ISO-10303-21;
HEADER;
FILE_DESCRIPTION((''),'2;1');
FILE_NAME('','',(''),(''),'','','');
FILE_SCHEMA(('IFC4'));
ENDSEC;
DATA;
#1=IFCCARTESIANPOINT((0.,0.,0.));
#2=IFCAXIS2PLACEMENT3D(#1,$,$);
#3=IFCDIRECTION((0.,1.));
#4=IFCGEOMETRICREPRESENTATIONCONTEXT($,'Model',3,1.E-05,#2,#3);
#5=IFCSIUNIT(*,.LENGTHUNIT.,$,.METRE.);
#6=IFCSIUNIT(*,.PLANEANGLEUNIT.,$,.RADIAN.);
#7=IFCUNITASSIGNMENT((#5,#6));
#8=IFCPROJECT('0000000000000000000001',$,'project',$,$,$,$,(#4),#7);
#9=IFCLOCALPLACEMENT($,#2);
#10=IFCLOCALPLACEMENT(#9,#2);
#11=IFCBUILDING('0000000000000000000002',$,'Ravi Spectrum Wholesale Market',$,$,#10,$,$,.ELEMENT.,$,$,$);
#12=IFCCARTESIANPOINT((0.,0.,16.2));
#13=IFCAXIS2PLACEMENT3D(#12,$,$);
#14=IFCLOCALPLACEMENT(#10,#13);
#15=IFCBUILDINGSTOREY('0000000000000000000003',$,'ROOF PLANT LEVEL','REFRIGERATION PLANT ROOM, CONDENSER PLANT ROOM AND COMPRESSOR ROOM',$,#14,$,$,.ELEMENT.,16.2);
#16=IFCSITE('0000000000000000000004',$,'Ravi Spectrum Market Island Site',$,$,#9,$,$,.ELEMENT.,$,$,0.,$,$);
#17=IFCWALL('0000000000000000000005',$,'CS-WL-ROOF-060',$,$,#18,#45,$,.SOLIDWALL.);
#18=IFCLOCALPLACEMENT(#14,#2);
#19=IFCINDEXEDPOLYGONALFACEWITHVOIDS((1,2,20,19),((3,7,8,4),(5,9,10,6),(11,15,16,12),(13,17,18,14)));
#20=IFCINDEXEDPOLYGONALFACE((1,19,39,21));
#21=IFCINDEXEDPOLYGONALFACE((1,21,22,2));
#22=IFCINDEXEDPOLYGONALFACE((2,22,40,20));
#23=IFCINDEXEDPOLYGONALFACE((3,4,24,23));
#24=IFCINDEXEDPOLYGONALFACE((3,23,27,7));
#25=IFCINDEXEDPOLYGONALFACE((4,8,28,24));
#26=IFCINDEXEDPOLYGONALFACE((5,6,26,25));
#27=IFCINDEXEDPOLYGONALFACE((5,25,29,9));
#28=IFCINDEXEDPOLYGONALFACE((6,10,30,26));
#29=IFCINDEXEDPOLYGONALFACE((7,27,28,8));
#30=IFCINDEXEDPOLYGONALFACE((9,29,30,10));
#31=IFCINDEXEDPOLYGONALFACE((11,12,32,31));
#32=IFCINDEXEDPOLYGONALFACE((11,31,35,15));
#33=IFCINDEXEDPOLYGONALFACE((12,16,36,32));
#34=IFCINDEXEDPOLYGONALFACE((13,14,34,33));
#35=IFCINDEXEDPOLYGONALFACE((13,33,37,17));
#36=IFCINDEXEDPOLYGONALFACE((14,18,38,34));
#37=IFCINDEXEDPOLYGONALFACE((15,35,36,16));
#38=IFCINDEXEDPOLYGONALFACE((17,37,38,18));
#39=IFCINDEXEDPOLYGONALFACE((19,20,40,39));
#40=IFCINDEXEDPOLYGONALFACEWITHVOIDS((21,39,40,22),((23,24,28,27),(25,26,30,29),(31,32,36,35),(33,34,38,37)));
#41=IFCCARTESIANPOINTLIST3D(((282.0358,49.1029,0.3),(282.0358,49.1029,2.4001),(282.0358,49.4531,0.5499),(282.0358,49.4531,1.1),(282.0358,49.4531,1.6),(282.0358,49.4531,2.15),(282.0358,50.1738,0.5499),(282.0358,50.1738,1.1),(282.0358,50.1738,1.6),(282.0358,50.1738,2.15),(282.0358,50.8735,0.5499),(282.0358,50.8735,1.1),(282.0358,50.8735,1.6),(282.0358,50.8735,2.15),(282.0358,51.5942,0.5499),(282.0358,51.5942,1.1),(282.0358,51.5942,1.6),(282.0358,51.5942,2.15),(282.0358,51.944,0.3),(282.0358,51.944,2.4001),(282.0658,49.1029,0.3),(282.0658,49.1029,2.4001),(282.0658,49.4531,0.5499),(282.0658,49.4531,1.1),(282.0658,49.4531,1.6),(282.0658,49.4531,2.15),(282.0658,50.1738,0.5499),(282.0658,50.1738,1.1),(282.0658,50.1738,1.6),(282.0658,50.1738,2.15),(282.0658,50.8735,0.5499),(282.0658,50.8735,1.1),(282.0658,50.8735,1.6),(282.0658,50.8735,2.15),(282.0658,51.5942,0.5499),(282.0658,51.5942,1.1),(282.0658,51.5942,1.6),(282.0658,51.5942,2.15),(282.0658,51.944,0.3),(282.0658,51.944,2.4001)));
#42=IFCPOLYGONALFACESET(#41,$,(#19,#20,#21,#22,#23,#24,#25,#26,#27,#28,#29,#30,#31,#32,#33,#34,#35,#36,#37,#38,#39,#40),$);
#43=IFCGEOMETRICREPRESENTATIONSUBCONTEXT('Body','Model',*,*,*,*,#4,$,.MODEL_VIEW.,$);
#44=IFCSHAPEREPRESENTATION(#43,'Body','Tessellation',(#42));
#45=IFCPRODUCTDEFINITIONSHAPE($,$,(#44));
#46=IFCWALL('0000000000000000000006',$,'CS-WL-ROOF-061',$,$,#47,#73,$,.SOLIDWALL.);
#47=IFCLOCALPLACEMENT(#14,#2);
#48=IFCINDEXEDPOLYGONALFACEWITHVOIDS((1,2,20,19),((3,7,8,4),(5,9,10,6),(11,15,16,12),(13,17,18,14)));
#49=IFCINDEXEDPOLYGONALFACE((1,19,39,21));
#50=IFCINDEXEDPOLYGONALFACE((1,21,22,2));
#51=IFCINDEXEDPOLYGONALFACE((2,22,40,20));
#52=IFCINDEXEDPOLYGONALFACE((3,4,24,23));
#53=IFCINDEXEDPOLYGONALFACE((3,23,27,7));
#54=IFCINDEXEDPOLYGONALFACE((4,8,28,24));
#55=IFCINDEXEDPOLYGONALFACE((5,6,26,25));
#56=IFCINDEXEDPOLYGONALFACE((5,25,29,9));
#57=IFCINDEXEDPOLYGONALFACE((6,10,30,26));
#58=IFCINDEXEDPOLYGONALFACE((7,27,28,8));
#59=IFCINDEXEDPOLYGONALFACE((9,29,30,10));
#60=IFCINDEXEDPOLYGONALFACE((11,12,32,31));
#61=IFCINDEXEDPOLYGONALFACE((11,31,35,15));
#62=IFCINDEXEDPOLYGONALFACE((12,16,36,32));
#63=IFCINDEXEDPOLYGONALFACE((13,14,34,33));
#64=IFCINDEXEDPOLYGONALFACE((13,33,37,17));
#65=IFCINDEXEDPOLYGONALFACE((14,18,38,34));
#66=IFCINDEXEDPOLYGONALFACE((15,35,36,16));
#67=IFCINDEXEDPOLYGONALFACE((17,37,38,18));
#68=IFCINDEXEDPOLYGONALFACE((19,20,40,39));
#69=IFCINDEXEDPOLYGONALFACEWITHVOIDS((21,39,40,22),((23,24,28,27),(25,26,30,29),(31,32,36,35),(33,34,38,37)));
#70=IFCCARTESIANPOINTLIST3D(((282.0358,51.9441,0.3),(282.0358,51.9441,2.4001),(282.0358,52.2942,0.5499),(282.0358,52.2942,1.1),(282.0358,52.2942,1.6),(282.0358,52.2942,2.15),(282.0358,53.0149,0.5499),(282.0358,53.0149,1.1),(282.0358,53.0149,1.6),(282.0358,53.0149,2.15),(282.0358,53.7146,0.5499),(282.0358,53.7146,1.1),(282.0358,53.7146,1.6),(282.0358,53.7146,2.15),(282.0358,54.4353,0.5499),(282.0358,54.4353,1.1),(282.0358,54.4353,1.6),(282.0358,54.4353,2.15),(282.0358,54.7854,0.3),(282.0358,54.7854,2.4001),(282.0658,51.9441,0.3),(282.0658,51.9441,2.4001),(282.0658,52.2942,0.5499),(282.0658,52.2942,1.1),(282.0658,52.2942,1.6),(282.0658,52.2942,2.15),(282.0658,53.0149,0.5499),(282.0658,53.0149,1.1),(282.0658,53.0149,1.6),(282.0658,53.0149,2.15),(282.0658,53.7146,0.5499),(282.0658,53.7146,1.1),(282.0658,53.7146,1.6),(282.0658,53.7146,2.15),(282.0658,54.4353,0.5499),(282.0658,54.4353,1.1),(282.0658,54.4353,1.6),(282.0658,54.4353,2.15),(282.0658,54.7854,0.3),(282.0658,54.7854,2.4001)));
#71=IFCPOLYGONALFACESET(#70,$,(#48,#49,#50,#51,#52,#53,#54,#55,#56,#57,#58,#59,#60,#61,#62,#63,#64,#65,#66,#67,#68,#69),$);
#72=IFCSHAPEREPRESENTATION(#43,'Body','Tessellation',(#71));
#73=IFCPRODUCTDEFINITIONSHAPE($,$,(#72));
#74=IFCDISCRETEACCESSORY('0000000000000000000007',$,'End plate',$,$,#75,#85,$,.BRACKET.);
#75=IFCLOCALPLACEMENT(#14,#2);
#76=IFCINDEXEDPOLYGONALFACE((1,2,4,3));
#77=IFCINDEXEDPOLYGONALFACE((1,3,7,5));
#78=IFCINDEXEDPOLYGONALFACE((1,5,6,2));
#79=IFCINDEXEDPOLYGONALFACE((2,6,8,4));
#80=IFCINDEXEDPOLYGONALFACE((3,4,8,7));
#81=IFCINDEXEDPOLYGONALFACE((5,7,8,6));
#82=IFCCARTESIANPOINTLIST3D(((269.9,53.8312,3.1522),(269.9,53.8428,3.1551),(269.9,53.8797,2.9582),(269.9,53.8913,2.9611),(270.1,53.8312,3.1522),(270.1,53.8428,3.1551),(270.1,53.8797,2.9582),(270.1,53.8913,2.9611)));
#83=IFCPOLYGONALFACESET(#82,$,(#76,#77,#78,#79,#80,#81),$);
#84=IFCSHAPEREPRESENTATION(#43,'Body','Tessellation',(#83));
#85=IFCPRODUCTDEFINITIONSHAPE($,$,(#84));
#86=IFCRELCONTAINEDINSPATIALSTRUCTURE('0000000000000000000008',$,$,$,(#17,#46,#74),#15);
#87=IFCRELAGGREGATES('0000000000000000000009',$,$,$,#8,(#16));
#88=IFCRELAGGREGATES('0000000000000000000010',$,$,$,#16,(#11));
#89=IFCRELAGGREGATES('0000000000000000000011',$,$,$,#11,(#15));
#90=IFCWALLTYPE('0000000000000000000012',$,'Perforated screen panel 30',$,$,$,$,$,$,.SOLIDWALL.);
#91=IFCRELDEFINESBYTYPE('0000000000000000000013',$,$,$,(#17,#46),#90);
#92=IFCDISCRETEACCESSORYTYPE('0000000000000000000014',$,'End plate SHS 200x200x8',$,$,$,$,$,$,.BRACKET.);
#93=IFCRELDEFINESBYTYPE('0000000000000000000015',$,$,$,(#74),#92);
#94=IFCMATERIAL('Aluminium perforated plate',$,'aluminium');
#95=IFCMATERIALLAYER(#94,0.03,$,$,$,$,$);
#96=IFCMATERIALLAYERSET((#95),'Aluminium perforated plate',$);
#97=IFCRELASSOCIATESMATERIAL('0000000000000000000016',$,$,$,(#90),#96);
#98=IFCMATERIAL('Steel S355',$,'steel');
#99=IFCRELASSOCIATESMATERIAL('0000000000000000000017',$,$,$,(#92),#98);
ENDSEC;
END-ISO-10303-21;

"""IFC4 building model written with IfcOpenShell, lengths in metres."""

from ifc_helpers import new_model, si_unit, direction, frame, frame_2d, origin, origin_2d, place, context, subcontext, project, spatial, rectangle, extrude, material, layer, layer_set, material_profile, profile_set, type_object, element, save


model = new_model("IFC4")

# Units and contexts
model_context = context("Model", 3, precision=1e-05, world=origin(), true_north=direction((0.0, 1.0)))
body_context = subcontext(model_context, "Body", "Model", "MODEL_VIEW")
ifc_project = project(units=[si_unit("LENGTHUNIT", "METRE"), si_unit("PLANEANGLEUNIT", "RADIAN")], contexts=[model_context])

# Site, building, storey
site_placement = place(None, origin())
site = spatial("IfcSite", under=ifc_project, at=site_placement, Name="Ravi Spectrum Market Island Site", CompositionType="ELEMENT", RefElevation=0.0)
building_placement = place(site_placement, origin())
building = spatial("IfcBuilding", under=site, at=building_placement, Name="Ravi Spectrum Wholesale Market", CompositionType="ELEMENT")
storey_placement = place(building_placement, frame((0.0, 0.0, 16.2)))
storey = spatial("IfcBuildingStorey", under=building, at=storey_placement, Name="ROOF PLANT LEVEL", Description="REFRIGERATION PLANT ROOM, CONDENSER PLANT ROOM AND COMPRESSOR ROOM", CompositionType="ELEMENT", Elevation=16.2)

# Walls, openings
ifc_material_1 = material(Name="Aluminium perforated plate", Category="aluminium")
ifc_layer_1 = layer(ifc_material_1, 0.03)
ifc_layer_set_1 = layer_set([ifc_layer_1], Name="Aluminium perforated plate")
wall_type_1 = type_object("IfcWallType", Name="Perforated screen panel 30", PredefinedType="SOLIDWALL", material=ifc_layer_set_1)
wall_1_placement = place(storey_placement, frame((282.0508, 49.103, 0.3), z_axis=(0.0, 0.0, 1.0), x_axis=(0.0, 1.0, 0.0)))
wall_1 = element("IfcWall", 1, at=wall_1_placement, inside=storey, type_object=wall_type_1, Name="CS-WL-ROOF-060", PredefinedType="SOLIDWALL", context=body_context, shape_type="SweptSolid", body=[
    extrude(rectangle(XDim=2.8411, YDim=0.03, at=frame_2d((1.4204, 0.0))), origin(), (0.0, 0.0, 1.0), 2.1001),
])
opening_1_placement = place(wall_1_placement, frame((0.3501, 0.0, 0.25)))
element("IfcOpeningElement", 2, at=opening_1_placement, cuts=wall_1, PredefinedType="OPENING", context=body_context, shape_type="SweptSolid", body=[
    extrude(rectangle(XDim=0.7207, YDim=0.55, at=frame_2d((0.3604, 0.2749))), frame((0.0, 0.0249, 0.0), z_axis=(0.0, -1.0, 0.0), x_axis=(1.0, 0.0, 0.0)), (0.0, 0.0, 1.0), 0.05),
])
opening_2_placement = place(wall_1_placement, frame((0.3501, 0.0, 1.3)))
element("IfcOpeningElement", 3, at=opening_2_placement, cuts=wall_1, PredefinedType="OPENING", context=body_context, shape_type="SweptSolid", body=[
    extrude(rectangle(XDim=0.7207, YDim=0.55, at=frame_2d((0.3604, 0.2749))), frame((0.0, 0.0249, 0.0), z_axis=(0.0, -1.0, 0.0), x_axis=(1.0, 0.0, 0.0)), (0.0, 0.0, 1.0), 0.05),
])
opening_3_placement = place(wall_1_placement, frame((1.7705, 0.0, 0.25)))
element("IfcOpeningElement", 4, at=opening_3_placement, cuts=wall_1, PredefinedType="OPENING", context=body_context, shape_type="SweptSolid", body=[
    extrude(rectangle(XDim=0.7207, YDim=0.55, at=frame_2d((0.3604, 0.2749))), frame((0.0, 0.0249, 0.0), z_axis=(0.0, -1.0, 0.0), x_axis=(1.0, 0.0, 0.0)), (0.0, 0.0, 1.0), 0.05),
])
opening_4_placement = place(wall_1_placement, frame((1.7705, 0.0, 1.3)))
element("IfcOpeningElement", 5, at=opening_4_placement, cuts=wall_1, PredefinedType="OPENING", context=body_context, shape_type="SweptSolid", body=[
    extrude(rectangle(XDim=0.7207, YDim=0.55, at=frame_2d((0.3604, 0.2749))), frame((0.0, 0.0249, 0.0), z_axis=(0.0, -1.0, 0.0), x_axis=(1.0, 0.0, 0.0)), (0.0, 0.0, 1.0), 0.05),
])
wall_2_placement = place(storey_placement, frame((282.0508, 51.9441, 0.3), z_axis=(0.0, 0.0, 1.0), x_axis=(0.0, 1.0, 0.0)))
wall_2 = element("IfcWall", 6, at=wall_2_placement, inside=storey, type_object=wall_type_1, Name="CS-WL-ROOF-061", PredefinedType="SOLIDWALL", context=body_context, shape_type="SweptSolid", body=[
    extrude(rectangle(XDim=2.8413, YDim=0.03, at=frame_2d((1.4207, 0.0))), origin(), (0.0, 0.0, 1.0), 2.1001),
])
opening_5_placement = place(wall_2_placement, frame((0.3501, 0.0, 0.25)))
element("IfcOpeningElement", 7, at=opening_5_placement, cuts=wall_2, PredefinedType="OPENING", context=body_context, shape_type="SweptSolid", body=[
    extrude(rectangle(XDim=0.7207, YDim=0.55, at=frame_2d((0.3604, 0.2749))), frame((0.0, 0.0249, 0.0), z_axis=(0.0, -1.0, 0.0), x_axis=(1.0, 0.0, 0.0)), (0.0, 0.0, 1.0), 0.05),
])
opening_6_placement = place(wall_2_placement, frame((0.3501, 0.0, 1.3)))
element("IfcOpeningElement", 8, at=opening_6_placement, cuts=wall_2, PredefinedType="OPENING", context=body_context, shape_type="SweptSolid", body=[
    extrude(rectangle(XDim=0.7207, YDim=0.55, at=frame_2d((0.3604, 0.2749))), frame((0.0, 0.0249, 0.0), z_axis=(0.0, -1.0, 0.0), x_axis=(1.0, 0.0, 0.0)), (0.0, 0.0, 1.0), 0.05),
])
opening_7_placement = place(wall_2_placement, frame((1.7705, 0.0, 0.25)))
element("IfcOpeningElement", 9, at=opening_7_placement, cuts=wall_2, PredefinedType="OPENING", context=body_context, shape_type="SweptSolid", body=[
    extrude(rectangle(XDim=0.7207, YDim=0.55, at=frame_2d((0.3604, 0.2749))), frame((0.0, 0.0249, 0.0), z_axis=(0.0, -1.0, 0.0), x_axis=(1.0, 0.0, 0.0)), (0.0, 0.0, 1.0), 0.05),
])
opening_8_placement = place(wall_2_placement, frame((1.7705, 0.0, 1.3)))
element("IfcOpeningElement", 10, at=opening_8_placement, cuts=wall_2, PredefinedType="OPENING", context=body_context, shape_type="SweptSolid", body=[
    extrude(rectangle(XDim=0.7207, YDim=0.55, at=frame_2d((0.3604, 0.2749))), frame((0.0, 0.0249, 0.0), z_axis=(0.0, -1.0, 0.0), x_axis=(1.0, 0.0, 0.0)), (0.0, 0.0, 1.0), 0.05),
])

# Discrete accessory
ifc_material_2 = material(Name="Steel S355", Category="steel")
ifc_material_profile_1 = material_profile(ifc_material_2, rectangle(XDim=0.2, YDim=0.2, at=origin_2d()))
ifc_profile_set_1 = profile_set([ifc_material_profile_1], Name="Steel S355")
discrete_accessory_type = type_object("IfcDiscreteAccessoryType", Name="End plate SHS 200x200x8", PredefinedType="BRACKET", material=ifc_profile_set_1)
discrete_accessory_placement = place(storey_placement, frame((270.0, 53.8555, 3.0552), z_axis=(0.0, 0.970143, 0.242536), x_axis=(-1.0, 0.0, 0.0)))
element("IfcDiscreteAccessory", 11, at=discrete_accessory_placement, inside=storey, type_object=discrete_accessory_type, Name="End plate", PredefinedType="BRACKET", context=body_context, shape_type="SweptSolid", body=[
    extrude(rectangle(XDim=0.2, YDim=0.2, at=origin_2d()), origin(), (0.0, 0.0, 1.0), 0.012),
])

save(model, "model.ifc")
